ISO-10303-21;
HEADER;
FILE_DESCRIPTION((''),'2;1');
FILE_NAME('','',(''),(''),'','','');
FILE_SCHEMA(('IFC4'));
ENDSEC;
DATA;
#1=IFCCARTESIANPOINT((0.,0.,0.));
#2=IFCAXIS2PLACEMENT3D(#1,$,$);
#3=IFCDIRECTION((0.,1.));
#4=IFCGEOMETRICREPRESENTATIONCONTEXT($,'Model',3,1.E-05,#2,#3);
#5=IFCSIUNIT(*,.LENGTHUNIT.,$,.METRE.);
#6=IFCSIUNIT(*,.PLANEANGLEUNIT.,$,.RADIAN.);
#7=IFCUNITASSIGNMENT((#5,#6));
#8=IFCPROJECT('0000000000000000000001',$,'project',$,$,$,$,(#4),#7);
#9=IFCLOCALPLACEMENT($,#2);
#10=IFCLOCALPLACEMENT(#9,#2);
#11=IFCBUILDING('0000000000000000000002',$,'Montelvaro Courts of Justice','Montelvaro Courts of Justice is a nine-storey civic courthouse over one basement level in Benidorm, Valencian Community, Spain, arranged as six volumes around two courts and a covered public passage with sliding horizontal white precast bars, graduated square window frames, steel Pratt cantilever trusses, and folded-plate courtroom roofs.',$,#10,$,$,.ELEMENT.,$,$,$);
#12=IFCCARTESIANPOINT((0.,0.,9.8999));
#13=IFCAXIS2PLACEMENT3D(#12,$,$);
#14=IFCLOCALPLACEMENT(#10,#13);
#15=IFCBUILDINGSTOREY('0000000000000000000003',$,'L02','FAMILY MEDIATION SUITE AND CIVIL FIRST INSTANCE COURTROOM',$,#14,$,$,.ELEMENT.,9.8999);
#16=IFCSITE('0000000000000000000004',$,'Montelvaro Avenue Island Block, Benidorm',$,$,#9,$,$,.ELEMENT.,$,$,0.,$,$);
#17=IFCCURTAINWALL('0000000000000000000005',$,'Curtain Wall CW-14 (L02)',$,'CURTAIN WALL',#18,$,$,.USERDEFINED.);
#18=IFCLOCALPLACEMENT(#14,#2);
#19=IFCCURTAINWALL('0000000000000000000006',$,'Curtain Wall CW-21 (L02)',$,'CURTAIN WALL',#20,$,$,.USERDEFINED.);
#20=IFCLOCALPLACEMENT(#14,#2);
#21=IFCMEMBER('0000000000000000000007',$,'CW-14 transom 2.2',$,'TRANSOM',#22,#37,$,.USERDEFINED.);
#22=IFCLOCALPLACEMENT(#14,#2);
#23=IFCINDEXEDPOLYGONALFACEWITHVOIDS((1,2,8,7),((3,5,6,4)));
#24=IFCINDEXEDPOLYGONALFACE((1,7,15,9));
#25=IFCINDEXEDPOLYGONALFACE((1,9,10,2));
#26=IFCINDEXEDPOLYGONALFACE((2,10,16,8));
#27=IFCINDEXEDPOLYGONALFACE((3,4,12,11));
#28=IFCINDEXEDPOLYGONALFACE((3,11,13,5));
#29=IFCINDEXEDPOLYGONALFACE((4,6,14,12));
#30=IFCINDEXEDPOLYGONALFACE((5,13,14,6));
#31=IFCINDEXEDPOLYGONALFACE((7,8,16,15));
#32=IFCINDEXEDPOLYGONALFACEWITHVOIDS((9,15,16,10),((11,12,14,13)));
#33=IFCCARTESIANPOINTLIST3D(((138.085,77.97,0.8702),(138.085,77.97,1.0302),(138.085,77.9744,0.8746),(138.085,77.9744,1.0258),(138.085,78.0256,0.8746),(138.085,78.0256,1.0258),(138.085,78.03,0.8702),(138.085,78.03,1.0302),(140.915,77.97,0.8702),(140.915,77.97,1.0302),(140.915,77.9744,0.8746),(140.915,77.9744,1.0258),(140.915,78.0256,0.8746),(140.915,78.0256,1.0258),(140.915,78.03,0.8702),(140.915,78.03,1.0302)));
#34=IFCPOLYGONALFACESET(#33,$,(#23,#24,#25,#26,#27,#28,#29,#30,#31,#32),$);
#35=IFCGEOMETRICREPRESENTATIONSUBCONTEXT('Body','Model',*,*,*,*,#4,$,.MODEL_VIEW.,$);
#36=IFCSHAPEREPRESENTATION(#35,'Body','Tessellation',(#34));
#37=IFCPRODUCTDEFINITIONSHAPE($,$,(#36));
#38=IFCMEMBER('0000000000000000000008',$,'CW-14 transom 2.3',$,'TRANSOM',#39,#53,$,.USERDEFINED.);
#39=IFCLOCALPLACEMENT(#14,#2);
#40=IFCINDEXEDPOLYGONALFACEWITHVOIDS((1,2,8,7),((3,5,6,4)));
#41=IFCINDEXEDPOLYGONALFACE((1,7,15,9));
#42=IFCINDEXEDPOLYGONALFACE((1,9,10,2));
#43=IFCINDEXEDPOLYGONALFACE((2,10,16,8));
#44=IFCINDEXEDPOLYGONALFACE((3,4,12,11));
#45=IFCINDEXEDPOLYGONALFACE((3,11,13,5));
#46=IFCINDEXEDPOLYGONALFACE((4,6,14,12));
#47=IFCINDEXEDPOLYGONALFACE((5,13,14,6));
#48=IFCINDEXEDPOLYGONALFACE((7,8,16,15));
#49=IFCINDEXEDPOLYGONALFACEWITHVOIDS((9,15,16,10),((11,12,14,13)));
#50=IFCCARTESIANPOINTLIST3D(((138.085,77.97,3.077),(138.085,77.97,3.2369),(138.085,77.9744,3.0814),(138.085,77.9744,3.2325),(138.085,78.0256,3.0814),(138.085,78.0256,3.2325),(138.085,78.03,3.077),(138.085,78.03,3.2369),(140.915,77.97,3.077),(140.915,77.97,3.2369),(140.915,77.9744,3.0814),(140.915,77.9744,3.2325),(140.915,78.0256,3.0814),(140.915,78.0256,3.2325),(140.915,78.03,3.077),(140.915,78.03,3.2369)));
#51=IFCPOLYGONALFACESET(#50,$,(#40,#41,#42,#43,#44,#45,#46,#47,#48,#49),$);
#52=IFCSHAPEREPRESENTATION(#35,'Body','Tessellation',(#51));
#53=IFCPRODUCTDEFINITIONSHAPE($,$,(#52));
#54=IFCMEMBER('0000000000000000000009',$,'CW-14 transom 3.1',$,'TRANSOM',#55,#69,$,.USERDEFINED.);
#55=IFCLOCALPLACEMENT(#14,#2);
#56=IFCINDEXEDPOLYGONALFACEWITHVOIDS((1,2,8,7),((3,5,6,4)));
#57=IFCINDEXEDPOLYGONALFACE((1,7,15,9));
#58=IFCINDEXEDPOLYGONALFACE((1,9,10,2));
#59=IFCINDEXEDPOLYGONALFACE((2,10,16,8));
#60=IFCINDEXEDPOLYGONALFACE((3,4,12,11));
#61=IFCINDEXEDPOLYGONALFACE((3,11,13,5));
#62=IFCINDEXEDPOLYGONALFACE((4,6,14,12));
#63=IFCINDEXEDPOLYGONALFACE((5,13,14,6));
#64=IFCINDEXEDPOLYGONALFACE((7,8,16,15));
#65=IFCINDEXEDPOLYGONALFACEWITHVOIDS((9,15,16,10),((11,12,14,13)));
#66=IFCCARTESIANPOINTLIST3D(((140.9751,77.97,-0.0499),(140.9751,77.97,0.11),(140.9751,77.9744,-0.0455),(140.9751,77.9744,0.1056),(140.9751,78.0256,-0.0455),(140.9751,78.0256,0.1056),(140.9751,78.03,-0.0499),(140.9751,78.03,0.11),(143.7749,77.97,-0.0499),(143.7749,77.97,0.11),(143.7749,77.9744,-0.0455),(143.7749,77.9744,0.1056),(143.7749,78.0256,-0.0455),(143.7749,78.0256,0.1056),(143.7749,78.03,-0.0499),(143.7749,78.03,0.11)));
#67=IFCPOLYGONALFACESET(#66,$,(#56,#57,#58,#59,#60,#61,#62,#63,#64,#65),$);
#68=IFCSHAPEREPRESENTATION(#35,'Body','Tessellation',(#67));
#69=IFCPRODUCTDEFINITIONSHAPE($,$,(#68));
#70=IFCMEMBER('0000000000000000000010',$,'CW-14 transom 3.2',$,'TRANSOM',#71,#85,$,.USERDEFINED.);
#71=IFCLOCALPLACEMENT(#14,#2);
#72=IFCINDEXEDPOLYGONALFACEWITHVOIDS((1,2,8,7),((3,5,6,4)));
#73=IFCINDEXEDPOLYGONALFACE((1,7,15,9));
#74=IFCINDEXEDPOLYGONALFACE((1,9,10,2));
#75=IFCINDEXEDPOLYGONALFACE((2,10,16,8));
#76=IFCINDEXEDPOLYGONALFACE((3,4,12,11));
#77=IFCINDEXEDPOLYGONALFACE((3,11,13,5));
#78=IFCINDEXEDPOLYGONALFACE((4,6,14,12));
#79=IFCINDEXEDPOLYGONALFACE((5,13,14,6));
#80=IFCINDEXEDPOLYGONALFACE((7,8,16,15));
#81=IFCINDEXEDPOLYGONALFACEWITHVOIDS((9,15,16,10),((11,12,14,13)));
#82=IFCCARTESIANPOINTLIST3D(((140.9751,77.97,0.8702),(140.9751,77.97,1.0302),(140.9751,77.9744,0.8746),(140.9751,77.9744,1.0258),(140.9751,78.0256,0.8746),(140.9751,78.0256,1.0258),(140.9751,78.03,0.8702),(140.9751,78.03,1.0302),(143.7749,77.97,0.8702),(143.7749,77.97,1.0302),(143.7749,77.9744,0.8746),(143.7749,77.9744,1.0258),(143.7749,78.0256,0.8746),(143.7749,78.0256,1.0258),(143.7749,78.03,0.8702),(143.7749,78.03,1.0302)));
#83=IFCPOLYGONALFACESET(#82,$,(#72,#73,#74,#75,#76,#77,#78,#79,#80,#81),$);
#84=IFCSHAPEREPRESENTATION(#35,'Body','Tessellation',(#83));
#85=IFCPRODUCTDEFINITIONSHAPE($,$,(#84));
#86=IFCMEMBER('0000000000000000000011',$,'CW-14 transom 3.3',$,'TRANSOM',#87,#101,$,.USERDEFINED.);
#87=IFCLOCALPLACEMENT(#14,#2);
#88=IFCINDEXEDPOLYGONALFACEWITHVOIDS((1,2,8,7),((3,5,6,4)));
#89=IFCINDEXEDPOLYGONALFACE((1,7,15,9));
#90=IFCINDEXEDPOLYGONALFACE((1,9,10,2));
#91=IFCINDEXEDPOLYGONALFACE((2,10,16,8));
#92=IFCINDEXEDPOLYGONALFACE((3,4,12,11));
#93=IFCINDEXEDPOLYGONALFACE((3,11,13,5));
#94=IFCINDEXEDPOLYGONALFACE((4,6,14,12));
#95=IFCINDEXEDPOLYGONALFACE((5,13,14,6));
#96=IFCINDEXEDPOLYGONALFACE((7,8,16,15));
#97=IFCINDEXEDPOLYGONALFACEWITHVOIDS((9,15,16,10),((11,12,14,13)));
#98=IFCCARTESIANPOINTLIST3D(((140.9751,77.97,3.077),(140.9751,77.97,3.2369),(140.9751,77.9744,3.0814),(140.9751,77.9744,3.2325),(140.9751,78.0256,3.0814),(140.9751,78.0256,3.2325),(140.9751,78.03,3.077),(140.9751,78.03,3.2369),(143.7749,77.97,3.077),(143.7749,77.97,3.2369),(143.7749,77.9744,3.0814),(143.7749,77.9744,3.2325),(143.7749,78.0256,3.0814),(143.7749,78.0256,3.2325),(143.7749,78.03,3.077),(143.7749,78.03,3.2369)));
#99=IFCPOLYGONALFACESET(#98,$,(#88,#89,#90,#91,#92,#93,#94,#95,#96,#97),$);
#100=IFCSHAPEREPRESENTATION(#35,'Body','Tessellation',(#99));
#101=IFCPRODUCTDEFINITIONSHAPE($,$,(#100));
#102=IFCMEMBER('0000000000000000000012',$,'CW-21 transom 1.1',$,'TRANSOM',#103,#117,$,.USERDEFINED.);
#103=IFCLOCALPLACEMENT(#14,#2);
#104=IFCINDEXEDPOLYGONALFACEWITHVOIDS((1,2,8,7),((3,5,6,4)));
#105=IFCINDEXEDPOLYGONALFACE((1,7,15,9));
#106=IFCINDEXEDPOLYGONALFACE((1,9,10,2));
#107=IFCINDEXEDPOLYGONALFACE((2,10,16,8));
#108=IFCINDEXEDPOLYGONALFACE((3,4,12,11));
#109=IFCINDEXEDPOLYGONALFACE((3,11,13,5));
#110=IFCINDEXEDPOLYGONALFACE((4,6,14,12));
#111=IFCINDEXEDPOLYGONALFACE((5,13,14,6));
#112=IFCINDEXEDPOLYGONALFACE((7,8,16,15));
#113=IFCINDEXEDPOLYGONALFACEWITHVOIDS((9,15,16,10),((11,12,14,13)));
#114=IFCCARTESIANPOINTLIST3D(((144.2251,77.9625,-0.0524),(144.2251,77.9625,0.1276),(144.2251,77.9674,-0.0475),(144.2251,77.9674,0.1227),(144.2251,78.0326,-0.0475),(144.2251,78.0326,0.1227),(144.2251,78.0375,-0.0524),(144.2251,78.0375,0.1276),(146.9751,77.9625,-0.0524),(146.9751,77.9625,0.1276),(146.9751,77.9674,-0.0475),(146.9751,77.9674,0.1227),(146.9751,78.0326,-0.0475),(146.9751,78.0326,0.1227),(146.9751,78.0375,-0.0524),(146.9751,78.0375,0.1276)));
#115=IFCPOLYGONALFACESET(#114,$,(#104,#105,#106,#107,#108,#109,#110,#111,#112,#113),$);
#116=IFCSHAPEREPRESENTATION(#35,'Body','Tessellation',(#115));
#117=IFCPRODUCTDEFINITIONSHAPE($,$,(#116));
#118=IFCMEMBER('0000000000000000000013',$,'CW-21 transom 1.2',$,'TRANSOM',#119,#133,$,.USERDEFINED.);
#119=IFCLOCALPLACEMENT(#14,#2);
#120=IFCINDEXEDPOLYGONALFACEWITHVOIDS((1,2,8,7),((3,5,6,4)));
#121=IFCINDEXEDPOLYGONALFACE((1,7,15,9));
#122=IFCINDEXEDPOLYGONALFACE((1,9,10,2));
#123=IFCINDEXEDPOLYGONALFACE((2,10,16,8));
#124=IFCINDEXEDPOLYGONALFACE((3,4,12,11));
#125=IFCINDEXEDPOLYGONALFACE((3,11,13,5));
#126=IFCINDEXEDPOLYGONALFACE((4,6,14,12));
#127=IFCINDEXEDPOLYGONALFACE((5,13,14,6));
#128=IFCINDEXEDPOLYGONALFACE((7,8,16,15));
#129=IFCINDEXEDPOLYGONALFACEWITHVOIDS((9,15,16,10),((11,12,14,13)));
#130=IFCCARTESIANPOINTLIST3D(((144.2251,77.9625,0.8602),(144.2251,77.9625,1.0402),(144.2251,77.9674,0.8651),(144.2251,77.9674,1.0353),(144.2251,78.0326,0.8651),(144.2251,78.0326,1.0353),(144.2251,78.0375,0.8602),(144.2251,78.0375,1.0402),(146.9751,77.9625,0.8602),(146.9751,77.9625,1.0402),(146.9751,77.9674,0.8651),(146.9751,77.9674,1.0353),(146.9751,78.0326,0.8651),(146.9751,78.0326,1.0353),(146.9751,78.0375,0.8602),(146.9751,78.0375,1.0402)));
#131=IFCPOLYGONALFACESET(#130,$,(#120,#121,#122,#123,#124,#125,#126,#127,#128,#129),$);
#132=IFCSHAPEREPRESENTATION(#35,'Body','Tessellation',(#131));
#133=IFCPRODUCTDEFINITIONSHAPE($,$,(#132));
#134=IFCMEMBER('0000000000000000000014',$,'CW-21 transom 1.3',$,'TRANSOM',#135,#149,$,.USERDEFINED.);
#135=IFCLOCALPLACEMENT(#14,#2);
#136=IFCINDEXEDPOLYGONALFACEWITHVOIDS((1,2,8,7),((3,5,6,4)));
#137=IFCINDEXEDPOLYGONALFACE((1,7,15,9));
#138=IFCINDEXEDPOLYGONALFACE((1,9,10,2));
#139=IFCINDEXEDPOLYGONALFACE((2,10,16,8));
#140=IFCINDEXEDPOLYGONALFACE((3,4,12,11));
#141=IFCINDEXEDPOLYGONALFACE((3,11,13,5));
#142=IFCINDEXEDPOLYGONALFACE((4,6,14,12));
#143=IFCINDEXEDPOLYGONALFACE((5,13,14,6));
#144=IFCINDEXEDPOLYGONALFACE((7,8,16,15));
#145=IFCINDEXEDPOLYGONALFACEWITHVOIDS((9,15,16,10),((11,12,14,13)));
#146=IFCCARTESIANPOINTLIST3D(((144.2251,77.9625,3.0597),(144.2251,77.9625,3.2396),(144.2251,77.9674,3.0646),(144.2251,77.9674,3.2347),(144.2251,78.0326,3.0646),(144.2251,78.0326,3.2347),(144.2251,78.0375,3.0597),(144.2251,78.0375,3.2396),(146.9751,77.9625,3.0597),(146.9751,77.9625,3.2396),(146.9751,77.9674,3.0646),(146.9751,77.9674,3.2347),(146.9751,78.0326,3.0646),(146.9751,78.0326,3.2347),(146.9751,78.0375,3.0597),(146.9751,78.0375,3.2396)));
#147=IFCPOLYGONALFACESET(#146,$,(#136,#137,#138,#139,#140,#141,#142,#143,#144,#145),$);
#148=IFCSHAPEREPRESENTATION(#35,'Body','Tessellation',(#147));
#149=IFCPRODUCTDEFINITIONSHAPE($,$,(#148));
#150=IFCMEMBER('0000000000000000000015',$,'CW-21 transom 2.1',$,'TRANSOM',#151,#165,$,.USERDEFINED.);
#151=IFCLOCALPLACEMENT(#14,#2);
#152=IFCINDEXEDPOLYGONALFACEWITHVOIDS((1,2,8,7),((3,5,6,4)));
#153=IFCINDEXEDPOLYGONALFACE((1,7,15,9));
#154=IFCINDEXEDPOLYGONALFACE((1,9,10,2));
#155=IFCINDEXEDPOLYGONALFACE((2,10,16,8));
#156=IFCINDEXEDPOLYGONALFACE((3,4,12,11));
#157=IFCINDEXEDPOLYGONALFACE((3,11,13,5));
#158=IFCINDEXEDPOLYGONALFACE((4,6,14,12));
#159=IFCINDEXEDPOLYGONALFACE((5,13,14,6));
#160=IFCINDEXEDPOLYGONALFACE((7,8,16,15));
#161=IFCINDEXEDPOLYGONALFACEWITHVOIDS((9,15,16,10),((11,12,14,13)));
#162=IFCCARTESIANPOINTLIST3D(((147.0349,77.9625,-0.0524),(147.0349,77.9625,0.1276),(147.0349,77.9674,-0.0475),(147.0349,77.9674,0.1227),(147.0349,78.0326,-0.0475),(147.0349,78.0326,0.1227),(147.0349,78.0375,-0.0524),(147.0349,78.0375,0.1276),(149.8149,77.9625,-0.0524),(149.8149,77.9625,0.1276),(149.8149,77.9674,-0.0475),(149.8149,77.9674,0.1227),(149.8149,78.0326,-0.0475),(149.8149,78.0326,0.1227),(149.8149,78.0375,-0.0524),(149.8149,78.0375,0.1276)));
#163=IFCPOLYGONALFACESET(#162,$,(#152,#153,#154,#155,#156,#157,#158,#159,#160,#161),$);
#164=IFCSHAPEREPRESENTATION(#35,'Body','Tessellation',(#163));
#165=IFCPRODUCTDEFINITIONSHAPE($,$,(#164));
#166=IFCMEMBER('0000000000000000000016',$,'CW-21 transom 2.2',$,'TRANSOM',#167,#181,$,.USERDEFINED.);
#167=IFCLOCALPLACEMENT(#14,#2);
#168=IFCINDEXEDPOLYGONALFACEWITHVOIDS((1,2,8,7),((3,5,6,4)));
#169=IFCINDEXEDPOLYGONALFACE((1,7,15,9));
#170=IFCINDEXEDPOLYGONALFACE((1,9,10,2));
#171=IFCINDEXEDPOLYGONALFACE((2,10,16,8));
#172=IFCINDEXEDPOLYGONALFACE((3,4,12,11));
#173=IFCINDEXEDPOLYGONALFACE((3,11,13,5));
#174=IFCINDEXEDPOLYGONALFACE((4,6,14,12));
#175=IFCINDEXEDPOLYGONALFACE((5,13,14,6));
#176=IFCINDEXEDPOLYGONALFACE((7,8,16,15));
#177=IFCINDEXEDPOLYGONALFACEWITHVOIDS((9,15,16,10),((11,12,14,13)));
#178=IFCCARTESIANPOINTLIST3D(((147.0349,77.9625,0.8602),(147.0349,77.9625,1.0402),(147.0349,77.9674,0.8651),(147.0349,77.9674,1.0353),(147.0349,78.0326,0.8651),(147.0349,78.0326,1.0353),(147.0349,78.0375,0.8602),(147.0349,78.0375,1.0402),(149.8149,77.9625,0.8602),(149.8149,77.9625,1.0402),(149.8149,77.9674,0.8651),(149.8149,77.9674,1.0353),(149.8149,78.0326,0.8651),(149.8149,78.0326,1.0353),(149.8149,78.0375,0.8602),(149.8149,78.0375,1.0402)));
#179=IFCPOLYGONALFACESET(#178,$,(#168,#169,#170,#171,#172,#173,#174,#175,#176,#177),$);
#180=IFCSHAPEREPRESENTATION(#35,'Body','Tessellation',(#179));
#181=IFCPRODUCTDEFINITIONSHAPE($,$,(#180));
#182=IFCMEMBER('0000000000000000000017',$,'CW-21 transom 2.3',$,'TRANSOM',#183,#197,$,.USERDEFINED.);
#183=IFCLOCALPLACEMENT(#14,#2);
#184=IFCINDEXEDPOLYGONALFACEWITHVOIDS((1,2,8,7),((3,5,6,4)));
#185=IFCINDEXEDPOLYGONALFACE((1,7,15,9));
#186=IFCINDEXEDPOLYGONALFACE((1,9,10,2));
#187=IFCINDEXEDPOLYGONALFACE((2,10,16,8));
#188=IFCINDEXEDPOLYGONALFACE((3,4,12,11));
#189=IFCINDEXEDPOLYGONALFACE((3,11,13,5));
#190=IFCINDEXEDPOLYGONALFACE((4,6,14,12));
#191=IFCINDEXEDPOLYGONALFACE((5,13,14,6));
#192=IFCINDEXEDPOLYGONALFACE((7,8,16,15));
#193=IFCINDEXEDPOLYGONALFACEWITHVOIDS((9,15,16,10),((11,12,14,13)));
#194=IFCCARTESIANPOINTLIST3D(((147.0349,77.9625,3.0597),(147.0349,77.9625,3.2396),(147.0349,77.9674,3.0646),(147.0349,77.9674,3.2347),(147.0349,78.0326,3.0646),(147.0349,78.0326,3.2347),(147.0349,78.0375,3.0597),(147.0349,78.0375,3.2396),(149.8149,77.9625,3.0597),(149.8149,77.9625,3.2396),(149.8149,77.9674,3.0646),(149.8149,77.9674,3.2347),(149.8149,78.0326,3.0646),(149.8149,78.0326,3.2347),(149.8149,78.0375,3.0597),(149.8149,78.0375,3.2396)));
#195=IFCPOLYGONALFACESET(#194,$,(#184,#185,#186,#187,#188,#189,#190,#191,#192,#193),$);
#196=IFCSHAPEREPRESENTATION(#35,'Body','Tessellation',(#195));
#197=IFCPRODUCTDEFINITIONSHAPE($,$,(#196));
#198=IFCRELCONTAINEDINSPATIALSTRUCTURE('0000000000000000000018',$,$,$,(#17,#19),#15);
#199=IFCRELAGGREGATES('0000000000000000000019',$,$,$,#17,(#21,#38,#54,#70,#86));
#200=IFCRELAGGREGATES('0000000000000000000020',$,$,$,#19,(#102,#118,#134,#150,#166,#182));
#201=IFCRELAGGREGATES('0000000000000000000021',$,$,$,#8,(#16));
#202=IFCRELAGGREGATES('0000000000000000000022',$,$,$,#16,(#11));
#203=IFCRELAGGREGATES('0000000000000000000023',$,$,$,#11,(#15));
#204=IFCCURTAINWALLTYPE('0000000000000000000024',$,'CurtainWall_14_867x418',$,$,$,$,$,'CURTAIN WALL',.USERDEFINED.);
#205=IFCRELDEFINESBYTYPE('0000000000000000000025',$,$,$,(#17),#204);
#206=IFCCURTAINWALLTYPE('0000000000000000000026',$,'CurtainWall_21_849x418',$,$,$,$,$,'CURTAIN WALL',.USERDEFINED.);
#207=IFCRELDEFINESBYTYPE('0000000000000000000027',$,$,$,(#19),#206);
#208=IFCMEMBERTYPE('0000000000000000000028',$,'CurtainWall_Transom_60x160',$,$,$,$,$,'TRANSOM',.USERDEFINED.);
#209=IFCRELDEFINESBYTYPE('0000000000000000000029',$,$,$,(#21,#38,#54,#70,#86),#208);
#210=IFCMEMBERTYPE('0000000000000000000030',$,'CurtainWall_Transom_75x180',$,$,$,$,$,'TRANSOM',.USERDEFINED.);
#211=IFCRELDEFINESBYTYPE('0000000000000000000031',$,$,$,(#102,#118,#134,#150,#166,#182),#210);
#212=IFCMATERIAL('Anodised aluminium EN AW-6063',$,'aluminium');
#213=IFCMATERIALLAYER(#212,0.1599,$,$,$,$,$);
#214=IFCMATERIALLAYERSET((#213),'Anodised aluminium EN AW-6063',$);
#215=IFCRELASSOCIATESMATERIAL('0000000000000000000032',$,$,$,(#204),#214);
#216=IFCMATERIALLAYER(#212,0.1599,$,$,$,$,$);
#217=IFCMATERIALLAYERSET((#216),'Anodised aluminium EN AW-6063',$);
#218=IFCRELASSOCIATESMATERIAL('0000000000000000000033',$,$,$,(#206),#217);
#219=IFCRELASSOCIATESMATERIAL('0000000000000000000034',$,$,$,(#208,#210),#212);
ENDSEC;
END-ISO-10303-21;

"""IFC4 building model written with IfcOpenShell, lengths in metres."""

from ifc_helpers import new_model, si_unit, direction, frame, origin, origin_2d, place, context, subcontext, project, spatial, hollow_rectangle, extrude, material, layer, layer_set, material_profile, profile_set, type_object, element, aggregate, save


model = new_model("IFC4")

# Units and contexts
model_context = context("Model", 3, precision=1e-05, world=origin(), true_north=direction((0.0, 1.0)))
body_context = subcontext(model_context, "Body", "Model", "MODEL_VIEW")
ifc_project = project(units=[si_unit("LENGTHUNIT", "METRE"), si_unit("PLANEANGLEUNIT", "RADIAN")], contexts=[model_context])

# Site, building, storey
site_placement = place(None, origin())
site = spatial("IfcSite", under=ifc_project, at=site_placement, Name="Montelvaro Avenue Island Block, Benidorm", CompositionType="ELEMENT", RefElevation=0.0)
building_placement = place(site_placement, origin())
building = spatial("IfcBuilding", under=site, at=building_placement, Name="Montelvaro Courts of Justice", Description="Montelvaro Courts of Justice is a nine-storey civic courthouse over one basement level in Benidorm, Valencian Community, Spain, arranged as six volumes around two courts and a covered public passage with sliding horizontal white precast bars, graduated square window frames, steel Pratt cantilever trusses, and folded-plate courtroom roofs.", CompositionType="ELEMENT")
storey_placement = place(building_placement, frame((0.0, 0.0, 9.8999)))
storey = spatial("IfcBuildingStorey", under=building, at=storey_placement, Name="L02", Description="FAMILY MEDIATION SUITE AND CIVIL FIRST INSTANCE COURTROOM", CompositionType="ELEMENT", Elevation=9.8999)

# Curtain walls
ifc_material_1 = material(Name="Anodised aluminium EN AW-6063", Category="aluminium")
ifc_layer_1 = layer(ifc_material_1, 0.1599)
ifc_layer_set_1 = layer_set([ifc_layer_1], Name="Anodised aluminium EN AW-6063")
curtain_wall_type_1 = type_object("IfcCurtainWallType", Name="CurtainWall_14_867x418", ElementType="CURTAIN WALL", PredefinedType="USERDEFINED", material=ifc_layer_set_1)
curtain_wall_1_placement = place(storey_placement, origin())
curtain_wall_1 = element("IfcCurtainWall", 1, at=curtain_wall_1_placement, inside=storey, type_object=curtain_wall_type_1, Name="Curtain Wall CW-14 (L02)", ObjectType="CURTAIN WALL", PredefinedType="USERDEFINED")
ifc_layer_2 = layer(ifc_material_1, 0.1599)
ifc_layer_set_2 = layer_set([ifc_layer_2], Name="Anodised aluminium EN AW-6063")
curtain_wall_type_2 = type_object("IfcCurtainWallType", Name="CurtainWall_21_849x418", ElementType="CURTAIN WALL", PredefinedType="USERDEFINED", material=ifc_layer_set_2)
curtain_wall_2_placement = place(storey_placement, origin())
curtain_wall_2 = element("IfcCurtainWall", 2, at=curtain_wall_2_placement, inside=storey, type_object=curtain_wall_type_2, Name="Curtain Wall CW-21 (L02)", ObjectType="CURTAIN WALL", PredefinedType="USERDEFINED")

# Members
ifc_material_profile_1 = material_profile(ifc_material_1, hollow_rectangle(XDim=0.0601, YDim=0.1599, WallThickness=0.0044, at=origin_2d()), Name="ALU-T 60x160")
ifc_profile_set_1 = profile_set([ifc_material_profile_1], Name="Anodised aluminium EN AW-6063")
member_type_1 = type_object("IfcMemberType", Name="CurtainWall_Transom_60x160", ElementType="TRANSOM", PredefinedType="USERDEFINED", material=ifc_profile_set_1)
member_1_placement = place(storey_placement, frame((138.085, 78.0, 0.9502), z_axis=(1.0, 0.0, 0.0), x_axis=(0.0, 1.0, 0.0)))
member_1 = element("IfcMember", 3, at=member_1_placement, type_object=member_type_1, Name="CW-14 transom 2.2", ObjectType="TRANSOM", PredefinedType="USERDEFINED", context=body_context, shape_type="SweptSolid", body=[
    extrude(hollow_rectangle(XDim=0.0601, YDim=0.1599, WallThickness=0.0044, at=origin_2d()), origin(), (0.0, 0.0, 1.0), 2.8301),
])
member_2_placement = place(storey_placement, frame((138.085, 78.0, 3.157), z_axis=(1.0, 0.0, 0.0), x_axis=(0.0, 1.0, 0.0)))
member_2 = element("IfcMember", 4, at=member_2_placement, type_object=member_type_1, Name="CW-14 transom 2.3", ObjectType="TRANSOM", PredefinedType="USERDEFINED", context=body_context, shape_type="SweptSolid", body=[
    extrude(hollow_rectangle(XDim=0.0601, YDim=0.1599, WallThickness=0.0044, at=origin_2d()), origin(), (0.0, 0.0, 1.0), 2.8301),
])
member_3_placement = place(storey_placement, frame((140.9751, 78.0, 0.03), z_axis=(1.0, 0.0, 0.0), x_axis=(0.0, 1.0, 0.0)))
member_3 = element("IfcMember", 5, at=member_3_placement, type_object=member_type_1, Name="CW-14 transom 3.1", ObjectType="TRANSOM", PredefinedType="USERDEFINED", context=body_context, shape_type="SweptSolid", body=[
    extrude(hollow_rectangle(XDim=0.0601, YDim=0.1599, WallThickness=0.0044, at=origin_2d()), origin(), (0.0, 0.0, 1.0), 2.7998),
])
member_4_placement = place(storey_placement, frame((140.9751, 78.0, 0.9502), z_axis=(1.0, 0.0, 0.0), x_axis=(0.0, 1.0, 0.0)))
member_4 = element("IfcMember", 6, at=member_4_placement, type_object=member_type_1, Name="CW-14 transom 3.2", ObjectType="TRANSOM", PredefinedType="USERDEFINED", context=body_context, shape_type="SweptSolid", body=[
    extrude(hollow_rectangle(XDim=0.0601, YDim=0.1599, WallThickness=0.0044, at=origin_2d()), origin(), (0.0, 0.0, 1.0), 2.7998),
])
member_5_placement = place(storey_placement, frame((140.9751, 78.0, 3.157), z_axis=(1.0, 0.0, 0.0), x_axis=(0.0, 1.0, 0.0)))
member_5 = element("IfcMember", 7, at=member_5_placement, type_object=member_type_1, Name="CW-14 transom 3.3", ObjectType="TRANSOM", PredefinedType="USERDEFINED", context=body_context, shape_type="SweptSolid", body=[
    extrude(hollow_rectangle(XDim=0.0601, YDim=0.1599, WallThickness=0.0044, at=origin_2d()), origin(), (0.0, 0.0, 1.0), 2.7998),
])
ifc_material_profile_2 = material_profile(ifc_material_1, hollow_rectangle(XDim=0.075, YDim=0.1799, WallThickness=0.0049, at=origin_2d()), Name="ALU-T 75x180")
ifc_profile_set_2 = profile_set([ifc_material_profile_2], Name="Anodised aluminium EN AW-6063")
member_type_2 = type_object("IfcMemberType", Name="CurtainWall_Transom_75x180", ElementType="TRANSOM", PredefinedType="USERDEFINED", material=ifc_profile_set_2)
member_6_placement = place(storey_placement, frame((144.2251, 78.0, 0.0376), z_axis=(1.0, 0.0, 0.0), x_axis=(0.0, 1.0, 0.0)))
member_6 = element("IfcMember", 8, at=member_6_placement, type_object=member_type_2, Name="CW-21 transom 1.1", ObjectType="TRANSOM", PredefinedType="USERDEFINED", context=body_context, shape_type="SweptSolid", body=[
    extrude(hollow_rectangle(XDim=0.075, YDim=0.1799, WallThickness=0.0049, at=origin_2d()), origin(), (0.0, 0.0, 1.0), 2.75),
])
member_7_placement = place(storey_placement, frame((144.2251, 78.0, 0.9502), z_axis=(1.0, 0.0, 0.0), x_axis=(0.0, 1.0, 0.0)))
member_7 = element("IfcMember", 9, at=member_7_placement, type_object=member_type_2, Name="CW-21 transom 1.2", ObjectType="TRANSOM", PredefinedType="USERDEFINED", context=body_context, shape_type="SweptSolid", body=[
    extrude(hollow_rectangle(XDim=0.075, YDim=0.1799, WallThickness=0.0049, at=origin_2d()), origin(), (0.0, 0.0, 1.0), 2.75),
])
member_8_placement = place(storey_placement, frame((144.2251, 78.0, 3.1497), z_axis=(1.0, 0.0, 0.0), x_axis=(0.0, 1.0, 0.0)))
member_8 = element("IfcMember", 10, at=member_8_placement, type_object=member_type_2, Name="CW-21 transom 1.3", ObjectType="TRANSOM", PredefinedType="USERDEFINED", context=body_context, shape_type="SweptSolid", body=[
    extrude(hollow_rectangle(XDim=0.075, YDim=0.1799, WallThickness=0.0049, at=origin_2d()), origin(), (0.0, 0.0, 1.0), 2.75),
])
member_9_placement = place(storey_placement, frame((147.0349, 78.0, 0.0376), z_axis=(1.0, 0.0, 0.0), x_axis=(0.0, 1.0, 0.0)))
member_9 = element("IfcMember", 11, at=member_9_placement, type_object=member_type_2, Name="CW-21 transom 2.1", ObjectType="TRANSOM", PredefinedType="USERDEFINED", context=body_context, shape_type="SweptSolid", body=[
    extrude(hollow_rectangle(XDim=0.075, YDim=0.1799, WallThickness=0.0049, at=origin_2d()), origin(), (0.0, 0.0, 1.0), 2.78),
])
member_10_placement = place(storey_placement, frame((147.0349, 78.0, 0.9502), z_axis=(1.0, 0.0, 0.0), x_axis=(0.0, 1.0, 0.0)))
member_10 = element("IfcMember", 12, at=member_10_placement, type_object=member_type_2, Name="CW-21 transom 2.2", ObjectType="TRANSOM", PredefinedType="USERDEFINED", context=body_context, shape_type="SweptSolid", body=[
    extrude(hollow_rectangle(XDim=0.075, YDim=0.1799, WallThickness=0.0049, at=origin_2d()), origin(), (0.0, 0.0, 1.0), 2.78),
])
member_11_placement = place(storey_placement, frame((147.0349, 78.0, 3.1497), z_axis=(1.0, 0.0, 0.0), x_axis=(0.0, 1.0, 0.0)))
member_11 = element("IfcMember", 13, at=member_11_placement, type_object=member_type_2, Name="CW-21 transom 2.3", ObjectType="TRANSOM", PredefinedType="USERDEFINED", context=body_context, shape_type="SweptSolid", body=[
    extrude(hollow_rectangle(XDim=0.075, YDim=0.1799, WallThickness=0.0049, at=origin_2d()), origin(), (0.0, 0.0, 1.0), 2.78),
])

aggregate(curtain_wall_1, [member_1, member_2, member_3, member_4, member_5])
aggregate(curtain_wall_2, [member_6, member_7, member_8, member_9, member_10, member_11])

save(model, "model.ifc")
